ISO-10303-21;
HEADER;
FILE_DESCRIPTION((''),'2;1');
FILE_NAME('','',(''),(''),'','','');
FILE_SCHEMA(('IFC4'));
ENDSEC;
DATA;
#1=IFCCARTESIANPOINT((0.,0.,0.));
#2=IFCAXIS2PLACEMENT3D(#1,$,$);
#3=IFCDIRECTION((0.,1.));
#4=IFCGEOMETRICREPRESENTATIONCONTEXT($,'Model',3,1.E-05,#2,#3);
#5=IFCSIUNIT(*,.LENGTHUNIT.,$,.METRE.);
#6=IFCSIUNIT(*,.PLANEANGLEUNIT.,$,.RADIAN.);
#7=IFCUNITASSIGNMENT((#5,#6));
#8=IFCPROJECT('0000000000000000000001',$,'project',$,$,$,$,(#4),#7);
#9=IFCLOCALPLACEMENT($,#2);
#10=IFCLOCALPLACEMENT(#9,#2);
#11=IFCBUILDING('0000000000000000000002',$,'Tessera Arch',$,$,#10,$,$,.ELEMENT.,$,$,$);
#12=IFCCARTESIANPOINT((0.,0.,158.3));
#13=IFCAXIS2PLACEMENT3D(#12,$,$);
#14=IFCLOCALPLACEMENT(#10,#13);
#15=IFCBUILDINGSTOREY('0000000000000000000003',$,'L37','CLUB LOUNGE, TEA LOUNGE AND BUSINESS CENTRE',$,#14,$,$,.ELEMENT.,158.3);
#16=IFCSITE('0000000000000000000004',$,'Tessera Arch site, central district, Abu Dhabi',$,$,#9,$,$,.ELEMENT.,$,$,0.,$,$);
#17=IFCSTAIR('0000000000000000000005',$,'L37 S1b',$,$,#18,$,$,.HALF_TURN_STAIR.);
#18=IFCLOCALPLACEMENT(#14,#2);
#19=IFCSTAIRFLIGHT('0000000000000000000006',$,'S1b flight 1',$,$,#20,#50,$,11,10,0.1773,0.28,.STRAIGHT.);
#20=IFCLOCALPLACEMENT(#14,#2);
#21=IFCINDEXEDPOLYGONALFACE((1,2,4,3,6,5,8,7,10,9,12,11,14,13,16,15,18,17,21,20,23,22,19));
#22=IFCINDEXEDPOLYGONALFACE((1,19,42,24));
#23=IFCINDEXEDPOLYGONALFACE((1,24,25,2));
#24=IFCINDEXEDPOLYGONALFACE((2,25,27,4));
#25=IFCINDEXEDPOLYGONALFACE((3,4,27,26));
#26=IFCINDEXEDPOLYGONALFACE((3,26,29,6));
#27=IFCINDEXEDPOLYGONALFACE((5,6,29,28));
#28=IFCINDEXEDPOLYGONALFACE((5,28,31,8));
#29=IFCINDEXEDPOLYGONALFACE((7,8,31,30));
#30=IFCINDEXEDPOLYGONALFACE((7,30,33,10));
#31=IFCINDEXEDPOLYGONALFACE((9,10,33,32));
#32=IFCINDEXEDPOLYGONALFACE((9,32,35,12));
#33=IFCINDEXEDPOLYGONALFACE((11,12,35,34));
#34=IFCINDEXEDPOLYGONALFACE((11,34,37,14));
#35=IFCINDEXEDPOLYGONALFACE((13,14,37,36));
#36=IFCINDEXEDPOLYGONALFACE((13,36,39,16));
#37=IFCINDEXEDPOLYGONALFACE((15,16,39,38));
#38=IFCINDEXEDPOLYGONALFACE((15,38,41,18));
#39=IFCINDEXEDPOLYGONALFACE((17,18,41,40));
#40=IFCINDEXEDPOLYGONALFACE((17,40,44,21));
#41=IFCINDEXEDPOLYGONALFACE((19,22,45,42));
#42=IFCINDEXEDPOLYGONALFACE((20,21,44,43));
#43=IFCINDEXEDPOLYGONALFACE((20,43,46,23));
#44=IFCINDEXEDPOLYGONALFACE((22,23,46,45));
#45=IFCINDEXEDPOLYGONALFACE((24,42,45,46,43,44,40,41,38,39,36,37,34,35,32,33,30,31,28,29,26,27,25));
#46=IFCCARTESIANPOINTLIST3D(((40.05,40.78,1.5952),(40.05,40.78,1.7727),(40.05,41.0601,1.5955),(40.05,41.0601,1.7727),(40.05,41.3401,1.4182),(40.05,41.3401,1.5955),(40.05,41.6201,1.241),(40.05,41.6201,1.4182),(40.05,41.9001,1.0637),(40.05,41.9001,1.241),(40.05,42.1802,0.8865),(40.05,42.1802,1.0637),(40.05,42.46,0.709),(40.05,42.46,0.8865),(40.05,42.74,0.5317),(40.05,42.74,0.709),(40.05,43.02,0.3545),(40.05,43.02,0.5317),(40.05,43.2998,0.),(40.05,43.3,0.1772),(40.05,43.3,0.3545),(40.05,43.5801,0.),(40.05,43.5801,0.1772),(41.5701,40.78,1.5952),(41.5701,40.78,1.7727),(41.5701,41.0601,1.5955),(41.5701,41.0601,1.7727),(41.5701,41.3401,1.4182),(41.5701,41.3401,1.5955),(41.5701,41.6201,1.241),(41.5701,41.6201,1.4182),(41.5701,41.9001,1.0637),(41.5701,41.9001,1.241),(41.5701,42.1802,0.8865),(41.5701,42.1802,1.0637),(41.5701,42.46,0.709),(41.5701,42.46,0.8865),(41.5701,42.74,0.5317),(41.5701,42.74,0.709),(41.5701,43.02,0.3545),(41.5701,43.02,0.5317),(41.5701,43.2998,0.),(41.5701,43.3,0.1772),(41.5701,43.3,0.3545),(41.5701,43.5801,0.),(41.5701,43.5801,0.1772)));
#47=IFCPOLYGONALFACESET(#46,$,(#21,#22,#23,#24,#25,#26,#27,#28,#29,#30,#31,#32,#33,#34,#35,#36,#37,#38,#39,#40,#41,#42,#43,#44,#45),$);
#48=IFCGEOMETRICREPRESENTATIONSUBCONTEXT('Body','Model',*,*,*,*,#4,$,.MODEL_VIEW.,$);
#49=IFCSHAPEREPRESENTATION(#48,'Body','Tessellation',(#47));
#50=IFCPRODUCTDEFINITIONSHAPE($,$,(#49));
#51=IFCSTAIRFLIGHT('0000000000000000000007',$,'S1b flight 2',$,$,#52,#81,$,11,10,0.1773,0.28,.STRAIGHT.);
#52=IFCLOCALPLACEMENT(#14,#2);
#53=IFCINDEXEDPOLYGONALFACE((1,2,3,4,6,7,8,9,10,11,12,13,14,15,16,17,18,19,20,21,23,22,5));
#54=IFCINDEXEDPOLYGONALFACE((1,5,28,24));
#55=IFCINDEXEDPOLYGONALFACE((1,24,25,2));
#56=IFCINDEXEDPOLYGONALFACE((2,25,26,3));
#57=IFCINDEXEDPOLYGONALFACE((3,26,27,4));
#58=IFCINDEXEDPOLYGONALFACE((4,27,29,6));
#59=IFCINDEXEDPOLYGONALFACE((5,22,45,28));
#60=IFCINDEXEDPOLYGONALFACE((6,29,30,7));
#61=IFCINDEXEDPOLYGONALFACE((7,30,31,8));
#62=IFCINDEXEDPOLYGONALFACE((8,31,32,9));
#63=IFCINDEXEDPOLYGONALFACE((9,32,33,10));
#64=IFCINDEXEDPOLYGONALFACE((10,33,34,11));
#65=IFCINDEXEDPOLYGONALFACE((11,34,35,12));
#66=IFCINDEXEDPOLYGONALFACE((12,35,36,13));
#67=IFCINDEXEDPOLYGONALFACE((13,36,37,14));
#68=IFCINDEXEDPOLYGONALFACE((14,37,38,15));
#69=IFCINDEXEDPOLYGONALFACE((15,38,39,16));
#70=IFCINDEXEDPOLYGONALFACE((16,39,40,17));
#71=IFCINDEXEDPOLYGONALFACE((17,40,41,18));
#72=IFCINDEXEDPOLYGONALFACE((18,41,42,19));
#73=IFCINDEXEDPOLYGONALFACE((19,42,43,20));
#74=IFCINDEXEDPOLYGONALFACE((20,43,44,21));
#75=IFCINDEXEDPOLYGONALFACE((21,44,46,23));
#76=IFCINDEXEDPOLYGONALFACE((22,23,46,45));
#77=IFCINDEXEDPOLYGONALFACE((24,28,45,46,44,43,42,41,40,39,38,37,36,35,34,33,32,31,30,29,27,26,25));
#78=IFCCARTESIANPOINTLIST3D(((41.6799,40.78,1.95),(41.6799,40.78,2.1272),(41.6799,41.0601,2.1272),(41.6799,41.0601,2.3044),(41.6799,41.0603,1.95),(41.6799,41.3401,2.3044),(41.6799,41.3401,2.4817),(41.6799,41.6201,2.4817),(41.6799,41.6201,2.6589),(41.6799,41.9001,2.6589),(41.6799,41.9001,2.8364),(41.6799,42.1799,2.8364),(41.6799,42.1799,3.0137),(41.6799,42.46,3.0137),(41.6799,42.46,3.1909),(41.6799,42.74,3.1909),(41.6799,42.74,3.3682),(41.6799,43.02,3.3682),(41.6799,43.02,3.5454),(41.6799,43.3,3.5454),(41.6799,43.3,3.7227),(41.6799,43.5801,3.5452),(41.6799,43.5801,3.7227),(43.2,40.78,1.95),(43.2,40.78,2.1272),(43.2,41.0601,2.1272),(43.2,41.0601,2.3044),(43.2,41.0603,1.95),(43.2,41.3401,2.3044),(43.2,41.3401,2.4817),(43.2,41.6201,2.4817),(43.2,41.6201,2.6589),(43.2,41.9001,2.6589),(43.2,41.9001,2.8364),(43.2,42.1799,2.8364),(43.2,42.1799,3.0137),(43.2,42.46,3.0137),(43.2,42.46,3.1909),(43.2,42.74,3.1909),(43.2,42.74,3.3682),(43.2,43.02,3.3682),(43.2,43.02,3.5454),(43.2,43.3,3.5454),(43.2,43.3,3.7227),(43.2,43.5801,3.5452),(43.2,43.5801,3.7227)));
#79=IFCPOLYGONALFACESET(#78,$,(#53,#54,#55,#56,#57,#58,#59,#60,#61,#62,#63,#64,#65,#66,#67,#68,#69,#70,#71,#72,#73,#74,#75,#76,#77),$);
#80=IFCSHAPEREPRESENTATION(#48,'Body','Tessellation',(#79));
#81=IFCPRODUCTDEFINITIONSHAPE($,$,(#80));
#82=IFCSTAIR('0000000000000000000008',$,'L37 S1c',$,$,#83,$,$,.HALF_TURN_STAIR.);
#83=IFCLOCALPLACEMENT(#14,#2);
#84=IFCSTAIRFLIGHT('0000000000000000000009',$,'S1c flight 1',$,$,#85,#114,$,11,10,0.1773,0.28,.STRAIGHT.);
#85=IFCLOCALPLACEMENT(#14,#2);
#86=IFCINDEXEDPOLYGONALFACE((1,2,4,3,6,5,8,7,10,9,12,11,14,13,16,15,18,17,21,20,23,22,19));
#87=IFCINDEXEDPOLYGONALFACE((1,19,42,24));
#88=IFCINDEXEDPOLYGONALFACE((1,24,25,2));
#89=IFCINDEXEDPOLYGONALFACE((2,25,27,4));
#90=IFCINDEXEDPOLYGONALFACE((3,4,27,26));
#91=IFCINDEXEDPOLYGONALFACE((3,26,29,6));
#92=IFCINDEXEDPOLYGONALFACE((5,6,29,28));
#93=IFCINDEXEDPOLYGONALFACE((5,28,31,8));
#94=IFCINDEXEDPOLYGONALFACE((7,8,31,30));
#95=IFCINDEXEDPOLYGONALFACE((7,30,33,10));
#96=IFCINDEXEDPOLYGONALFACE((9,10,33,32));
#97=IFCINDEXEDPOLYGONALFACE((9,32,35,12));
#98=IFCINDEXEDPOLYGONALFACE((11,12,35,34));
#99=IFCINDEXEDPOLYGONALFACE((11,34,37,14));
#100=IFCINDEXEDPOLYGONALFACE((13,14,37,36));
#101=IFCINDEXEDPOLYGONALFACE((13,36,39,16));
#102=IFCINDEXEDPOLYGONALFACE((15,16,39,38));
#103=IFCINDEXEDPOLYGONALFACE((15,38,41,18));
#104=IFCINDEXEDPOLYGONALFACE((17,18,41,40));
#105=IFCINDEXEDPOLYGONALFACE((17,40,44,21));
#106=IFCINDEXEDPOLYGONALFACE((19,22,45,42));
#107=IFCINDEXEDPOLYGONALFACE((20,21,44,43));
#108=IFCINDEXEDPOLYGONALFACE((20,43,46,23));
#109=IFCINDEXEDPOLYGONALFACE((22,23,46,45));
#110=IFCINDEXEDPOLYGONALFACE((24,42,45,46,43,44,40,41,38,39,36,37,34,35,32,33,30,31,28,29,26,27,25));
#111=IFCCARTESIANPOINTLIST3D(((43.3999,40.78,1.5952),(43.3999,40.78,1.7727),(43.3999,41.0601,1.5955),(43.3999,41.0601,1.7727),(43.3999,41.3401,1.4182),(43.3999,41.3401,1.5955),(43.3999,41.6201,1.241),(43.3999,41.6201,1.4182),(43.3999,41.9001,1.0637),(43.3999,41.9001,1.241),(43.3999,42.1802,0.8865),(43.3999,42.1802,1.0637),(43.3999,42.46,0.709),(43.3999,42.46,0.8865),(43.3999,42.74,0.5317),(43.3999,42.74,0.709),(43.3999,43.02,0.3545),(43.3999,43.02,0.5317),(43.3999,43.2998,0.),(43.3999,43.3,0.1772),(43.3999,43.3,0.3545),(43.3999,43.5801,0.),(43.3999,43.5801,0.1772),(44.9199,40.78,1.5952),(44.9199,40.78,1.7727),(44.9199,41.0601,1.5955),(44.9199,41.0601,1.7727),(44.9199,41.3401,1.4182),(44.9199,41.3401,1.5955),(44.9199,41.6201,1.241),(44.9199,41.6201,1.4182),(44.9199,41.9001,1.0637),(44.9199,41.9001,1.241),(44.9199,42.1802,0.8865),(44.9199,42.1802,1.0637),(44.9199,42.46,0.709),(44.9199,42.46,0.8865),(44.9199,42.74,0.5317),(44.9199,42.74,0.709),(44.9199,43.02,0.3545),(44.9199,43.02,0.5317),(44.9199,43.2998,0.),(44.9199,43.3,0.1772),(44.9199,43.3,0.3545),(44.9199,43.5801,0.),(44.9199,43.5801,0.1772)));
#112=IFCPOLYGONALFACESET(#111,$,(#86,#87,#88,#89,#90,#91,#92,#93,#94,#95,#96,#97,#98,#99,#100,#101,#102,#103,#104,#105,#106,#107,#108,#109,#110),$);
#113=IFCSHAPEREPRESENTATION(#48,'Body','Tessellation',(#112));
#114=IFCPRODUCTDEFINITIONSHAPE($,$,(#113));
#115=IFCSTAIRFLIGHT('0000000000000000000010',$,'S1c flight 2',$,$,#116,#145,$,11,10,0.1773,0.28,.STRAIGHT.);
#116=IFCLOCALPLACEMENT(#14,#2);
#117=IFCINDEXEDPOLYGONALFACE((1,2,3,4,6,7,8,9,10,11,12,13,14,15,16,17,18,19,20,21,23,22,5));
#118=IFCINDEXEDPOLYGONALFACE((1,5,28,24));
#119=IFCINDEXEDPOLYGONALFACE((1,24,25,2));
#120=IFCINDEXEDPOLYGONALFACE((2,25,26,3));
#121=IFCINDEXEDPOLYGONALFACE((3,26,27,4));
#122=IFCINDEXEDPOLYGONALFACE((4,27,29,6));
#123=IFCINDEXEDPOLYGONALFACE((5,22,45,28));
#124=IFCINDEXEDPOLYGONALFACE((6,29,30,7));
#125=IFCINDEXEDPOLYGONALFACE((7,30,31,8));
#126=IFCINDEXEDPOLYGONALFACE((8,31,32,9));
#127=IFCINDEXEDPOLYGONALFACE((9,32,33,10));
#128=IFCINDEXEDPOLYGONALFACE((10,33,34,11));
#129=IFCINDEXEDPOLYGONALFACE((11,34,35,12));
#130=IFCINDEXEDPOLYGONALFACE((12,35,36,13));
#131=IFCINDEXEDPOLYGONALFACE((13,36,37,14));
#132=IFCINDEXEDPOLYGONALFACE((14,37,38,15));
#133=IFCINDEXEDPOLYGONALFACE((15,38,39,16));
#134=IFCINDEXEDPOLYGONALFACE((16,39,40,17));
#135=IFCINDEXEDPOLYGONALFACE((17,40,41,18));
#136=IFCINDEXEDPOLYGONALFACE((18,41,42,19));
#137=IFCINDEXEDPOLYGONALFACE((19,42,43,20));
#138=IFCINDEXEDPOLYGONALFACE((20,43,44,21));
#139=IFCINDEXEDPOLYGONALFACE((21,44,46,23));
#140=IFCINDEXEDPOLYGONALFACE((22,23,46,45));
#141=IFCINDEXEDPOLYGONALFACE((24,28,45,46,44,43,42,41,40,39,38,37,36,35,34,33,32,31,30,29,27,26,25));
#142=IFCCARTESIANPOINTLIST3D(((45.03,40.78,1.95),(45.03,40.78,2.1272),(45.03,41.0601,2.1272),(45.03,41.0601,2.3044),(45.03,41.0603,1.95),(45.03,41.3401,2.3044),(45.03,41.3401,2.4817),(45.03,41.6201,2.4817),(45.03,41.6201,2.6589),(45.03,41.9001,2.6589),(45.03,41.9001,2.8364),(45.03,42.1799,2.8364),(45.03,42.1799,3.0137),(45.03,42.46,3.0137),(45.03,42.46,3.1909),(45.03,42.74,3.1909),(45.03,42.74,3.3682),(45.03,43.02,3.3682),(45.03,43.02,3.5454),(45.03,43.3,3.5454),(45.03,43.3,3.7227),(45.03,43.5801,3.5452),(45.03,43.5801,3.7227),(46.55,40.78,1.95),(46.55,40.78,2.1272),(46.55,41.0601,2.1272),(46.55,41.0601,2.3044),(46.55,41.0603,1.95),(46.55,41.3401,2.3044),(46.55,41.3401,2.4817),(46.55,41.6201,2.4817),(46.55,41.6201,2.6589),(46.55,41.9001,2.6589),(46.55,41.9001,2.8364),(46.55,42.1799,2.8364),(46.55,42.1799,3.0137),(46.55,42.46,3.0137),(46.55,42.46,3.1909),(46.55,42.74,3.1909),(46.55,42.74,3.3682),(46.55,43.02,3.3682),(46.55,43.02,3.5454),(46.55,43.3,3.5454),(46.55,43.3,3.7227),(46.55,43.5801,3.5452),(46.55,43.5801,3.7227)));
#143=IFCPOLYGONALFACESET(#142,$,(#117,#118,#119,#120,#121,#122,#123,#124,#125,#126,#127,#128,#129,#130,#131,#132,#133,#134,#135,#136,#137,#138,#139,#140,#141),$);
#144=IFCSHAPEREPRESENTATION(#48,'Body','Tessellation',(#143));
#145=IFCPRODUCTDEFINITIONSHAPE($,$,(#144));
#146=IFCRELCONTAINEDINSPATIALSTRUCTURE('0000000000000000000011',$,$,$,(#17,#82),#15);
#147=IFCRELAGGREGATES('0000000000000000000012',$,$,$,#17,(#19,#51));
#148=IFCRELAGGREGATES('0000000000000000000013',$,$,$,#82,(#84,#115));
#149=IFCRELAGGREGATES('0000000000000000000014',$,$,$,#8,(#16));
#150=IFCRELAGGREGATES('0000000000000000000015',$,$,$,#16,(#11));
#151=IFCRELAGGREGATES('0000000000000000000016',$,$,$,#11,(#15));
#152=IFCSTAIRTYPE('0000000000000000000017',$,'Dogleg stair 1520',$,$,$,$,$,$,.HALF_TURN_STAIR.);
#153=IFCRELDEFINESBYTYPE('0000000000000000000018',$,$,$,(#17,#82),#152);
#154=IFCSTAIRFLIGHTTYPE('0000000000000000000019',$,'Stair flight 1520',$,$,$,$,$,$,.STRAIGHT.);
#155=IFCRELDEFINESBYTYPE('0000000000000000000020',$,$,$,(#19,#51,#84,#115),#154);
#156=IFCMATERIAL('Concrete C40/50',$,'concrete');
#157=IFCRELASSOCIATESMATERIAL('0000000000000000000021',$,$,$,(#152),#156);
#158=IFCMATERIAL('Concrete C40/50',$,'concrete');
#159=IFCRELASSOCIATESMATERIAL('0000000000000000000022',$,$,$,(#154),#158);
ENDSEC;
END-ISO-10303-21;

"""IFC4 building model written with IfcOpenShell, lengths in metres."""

from ifc_helpers import new_model, si_unit, direction, frame, origin, place, context, subcontext, project, spatial, polyline, outline, extrude, material, type_object, element, aggregate, save


model = new_model("IFC4")

# Units and contexts
model_context = context("Model", 3, precision=1e-05, world=origin(), true_north=direction((0.0, 1.0)))
body_context = subcontext(model_context, "Body", "Model", "MODEL_VIEW")
ifc_project = project(units=[si_unit("LENGTHUNIT", "METRE"), si_unit("PLANEANGLEUNIT", "RADIAN")], contexts=[model_context])

# Site, building, storey
site_placement = place(None, origin())
site = spatial("IfcSite", under=ifc_project, at=site_placement, Name="Tessera Arch site, central district, Abu Dhabi", CompositionType="ELEMENT", RefElevation=0.0)
building_placement = place(site_placement, origin())
building = spatial("IfcBuilding", under=site, at=building_placement, Name="Tessera Arch", CompositionType="ELEMENT")
storey_placement = place(building_placement, frame((0.0, 0.0, 158.3)))
storey = spatial("IfcBuildingStorey", under=building, at=storey_placement, Name="L37", Description="CLUB LOUNGE, TEA LOUNGE AND BUSINESS CENTRE", CompositionType="ELEMENT", Elevation=158.3)

# Stairs, stair flights
ifc_material_1 = material(Name="Concrete C40/50", Category="concrete")
stair_type = type_object("IfcStairType", Name="Dogleg stair 1520", PredefinedType="HALF_TURN_STAIR", material=ifc_material_1)
stair_1_placement = place(storey_placement, origin())
stair_1 = element("IfcStair", 1, at=stair_1_placement, inside=storey, type_object=stair_type, Name="L37 S1b", PredefinedType="HALF_TURN_STAIR")
ifc_material_2 = material(Name="Concrete C40/50", Category="concrete")
stair_flight_type = type_object("IfcStairFlightType", Name="Stair flight 1520", PredefinedType="STRAIGHT", material=ifc_material_2)
stair_flight_1_placement = place(storey_placement, frame((40.8101, 43.5801, 0.0), z_axis=(0.0, 0.0, 1.0), x_axis=(0.0, -1.0, 0.0)))
stair_flight_1 = element("IfcStairFlight", 2, at=stair_flight_1_placement, type_object=stair_flight_type, Name="S1b flight 1", NumberOfRisers=11, NumberOfTreads=10, PredefinedType="STRAIGHT", RiserHeight=0.1773, TreadLength=0.28, context=body_context, shape_type="SweptSolid", body=[
    extrude(outline(polyline([(0.0, 0.0), (0.0, 0.1772), (0.28, 0.1772), (0.28, 0.3545), (0.5601, 0.3545), (0.5601, 0.5317), (0.8401, 0.5317), (0.8401, 0.709), (1.1201, 0.709), (1.1201, 0.8865), (1.3999, 0.8865), (1.3999, 1.0637), (1.6799, 1.0637), (1.6799, 1.241), (1.96, 1.241), (1.96, 1.4182), (2.24, 1.4182), (2.24, 1.5955), (2.52, 1.5955), (2.52, 1.7727), (2.8, 1.7727), (2.8, 1.95), (2.8, 1.5952), (0.2803, 0.0), (0.0, 0.0)])), frame((0.0, 0.76, 0.0), z_axis=(0.0, -1.0, 0.0), x_axis=(1.0, 0.0, 0.0)), (0.0, 0.0, 1.0), 1.52),
])
stair_flight_2_placement = place(storey_placement, frame((42.4399, 40.78, 1.95), z_axis=(0.0, 0.0, 1.0), x_axis=(0.0, 1.0, 0.0)))
stair_flight_2 = element("IfcStairFlight", 3, at=stair_flight_2_placement, type_object=stair_flight_type, Name="S1b flight 2", NumberOfRisers=11, NumberOfTreads=10, PredefinedType="STRAIGHT", RiserHeight=0.1773, TreadLength=0.28, context=body_context, shape_type="SweptSolid", body=[
    extrude(outline(polyline([(0.0, 0.0), (0.0, 0.1772), (0.28, 0.1772), (0.28, 0.3545), (0.5601, 0.3545), (0.5601, 0.5317), (0.8401, 0.5317), (0.8401, 0.709), (1.1201, 0.709), (1.1201, 0.8865), (1.3999, 0.8865), (1.3999, 1.0637), (1.6799, 1.0637), (1.6799, 1.241), (1.96, 1.241), (1.96, 1.4182), (2.24, 1.4182), (2.24, 1.5955), (2.52, 1.5955), (2.52, 1.7727), (2.8, 1.7727), (2.8, 1.95), (2.8, 1.5952), (0.2803, 0.0), (0.0, 0.0)])), frame((0.0, 0.76, 0.0), z_axis=(0.0, -1.0, 0.0), x_axis=(1.0, 0.0, 0.0)), (0.0, 0.0, 1.0), 1.52),
])
aggregate(stair_1, [stair_flight_1, stair_flight_2])
stair_2_placement = place(storey_placement, origin())
stair_2 = element("IfcStair", 4, at=stair_2_placement, inside=storey, type_object=stair_type, Name="L37 S1c", PredefinedType="HALF_TURN_STAIR")
stair_flight_3_placement = place(storey_placement, frame((44.1599, 43.5801, 0.0), z_axis=(0.0, 0.0, 1.0), x_axis=(0.0, -1.0, 0.0)))
stair_flight_3 = element("IfcStairFlight", 5, at=stair_flight_3_placement, type_object=stair_flight_type, Name="S1c flight 1", NumberOfRisers=11, NumberOfTreads=10, PredefinedType="STRAIGHT", RiserHeight=0.1773, TreadLength=0.28, context=body_context, shape_type="SweptSolid", body=[
    extrude(outline(polyline([(0.0, 0.0), (0.0, 0.1772), (0.28, 0.1772), (0.28, 0.3545), (0.5601, 0.3545), (0.5601, 0.5317), (0.8401, 0.5317), (0.8401, 0.709), (1.1201, 0.709), (1.1201, 0.8865), (1.3999, 0.8865), (1.3999, 1.0637), (1.6799, 1.0637), (1.6799, 1.241), (1.96, 1.241), (1.96, 1.4182), (2.24, 1.4182), (2.24, 1.5955), (2.52, 1.5955), (2.52, 1.7727), (2.8, 1.7727), (2.8, 1.95), (2.8, 1.5952), (0.2803, 0.0), (0.0, 0.0)])), frame((0.0, 0.76, 0.0), z_axis=(0.0, -1.0, 0.0), x_axis=(1.0, 0.0, 0.0)), (0.0, 0.0, 1.0), 1.52),
])
stair_flight_4_placement = place(storey_placement, frame((45.79, 40.78, 1.95), z_axis=(0.0, 0.0, 1.0), x_axis=(0.0, 1.0, 0.0)))
stair_flight_4 = element("IfcStairFlight", 6, at=stair_flight_4_placement, type_object=stair_flight_type, Name="S1c flight 2", NumberOfRisers=11, NumberOfTreads=10, PredefinedType="STRAIGHT", RiserHeight=0.1773, TreadLength=0.28, context=body_context, shape_type="SweptSolid", body=[
    extrude(outline(polyline([(0.0, 0.0), (0.0, 0.1772), (0.28, 0.1772), (0.28, 0.3545), (0.5601, 0.3545), (0.5601, 0.5317), (0.8401, 0.5317), (0.8401, 0.709), (1.1201, 0.709), (1.1201, 0.8865), (1.3999, 0.8865), (1.3999, 1.0637), (1.6799, 1.0637), (1.6799, 1.241), (1.96, 1.241), (1.96, 1.4182), (2.24, 1.4182), (2.24, 1.5955), (2.52, 1.5955), (2.52, 1.7727), (2.8, 1.7727), (2.8, 1.95), (2.8, 1.5952), (0.2803, 0.0), (0.0, 0.0)])), frame((0.0, 0.76, 0.0), z_axis=(0.0, -1.0, 0.0), x_axis=(1.0, 0.0, 0.0)), (0.0, 0.0, 1.0), 1.52),
])
aggregate(stair_2, [stair_flight_3, stair_flight_4])

save(model, "model.ifc")
